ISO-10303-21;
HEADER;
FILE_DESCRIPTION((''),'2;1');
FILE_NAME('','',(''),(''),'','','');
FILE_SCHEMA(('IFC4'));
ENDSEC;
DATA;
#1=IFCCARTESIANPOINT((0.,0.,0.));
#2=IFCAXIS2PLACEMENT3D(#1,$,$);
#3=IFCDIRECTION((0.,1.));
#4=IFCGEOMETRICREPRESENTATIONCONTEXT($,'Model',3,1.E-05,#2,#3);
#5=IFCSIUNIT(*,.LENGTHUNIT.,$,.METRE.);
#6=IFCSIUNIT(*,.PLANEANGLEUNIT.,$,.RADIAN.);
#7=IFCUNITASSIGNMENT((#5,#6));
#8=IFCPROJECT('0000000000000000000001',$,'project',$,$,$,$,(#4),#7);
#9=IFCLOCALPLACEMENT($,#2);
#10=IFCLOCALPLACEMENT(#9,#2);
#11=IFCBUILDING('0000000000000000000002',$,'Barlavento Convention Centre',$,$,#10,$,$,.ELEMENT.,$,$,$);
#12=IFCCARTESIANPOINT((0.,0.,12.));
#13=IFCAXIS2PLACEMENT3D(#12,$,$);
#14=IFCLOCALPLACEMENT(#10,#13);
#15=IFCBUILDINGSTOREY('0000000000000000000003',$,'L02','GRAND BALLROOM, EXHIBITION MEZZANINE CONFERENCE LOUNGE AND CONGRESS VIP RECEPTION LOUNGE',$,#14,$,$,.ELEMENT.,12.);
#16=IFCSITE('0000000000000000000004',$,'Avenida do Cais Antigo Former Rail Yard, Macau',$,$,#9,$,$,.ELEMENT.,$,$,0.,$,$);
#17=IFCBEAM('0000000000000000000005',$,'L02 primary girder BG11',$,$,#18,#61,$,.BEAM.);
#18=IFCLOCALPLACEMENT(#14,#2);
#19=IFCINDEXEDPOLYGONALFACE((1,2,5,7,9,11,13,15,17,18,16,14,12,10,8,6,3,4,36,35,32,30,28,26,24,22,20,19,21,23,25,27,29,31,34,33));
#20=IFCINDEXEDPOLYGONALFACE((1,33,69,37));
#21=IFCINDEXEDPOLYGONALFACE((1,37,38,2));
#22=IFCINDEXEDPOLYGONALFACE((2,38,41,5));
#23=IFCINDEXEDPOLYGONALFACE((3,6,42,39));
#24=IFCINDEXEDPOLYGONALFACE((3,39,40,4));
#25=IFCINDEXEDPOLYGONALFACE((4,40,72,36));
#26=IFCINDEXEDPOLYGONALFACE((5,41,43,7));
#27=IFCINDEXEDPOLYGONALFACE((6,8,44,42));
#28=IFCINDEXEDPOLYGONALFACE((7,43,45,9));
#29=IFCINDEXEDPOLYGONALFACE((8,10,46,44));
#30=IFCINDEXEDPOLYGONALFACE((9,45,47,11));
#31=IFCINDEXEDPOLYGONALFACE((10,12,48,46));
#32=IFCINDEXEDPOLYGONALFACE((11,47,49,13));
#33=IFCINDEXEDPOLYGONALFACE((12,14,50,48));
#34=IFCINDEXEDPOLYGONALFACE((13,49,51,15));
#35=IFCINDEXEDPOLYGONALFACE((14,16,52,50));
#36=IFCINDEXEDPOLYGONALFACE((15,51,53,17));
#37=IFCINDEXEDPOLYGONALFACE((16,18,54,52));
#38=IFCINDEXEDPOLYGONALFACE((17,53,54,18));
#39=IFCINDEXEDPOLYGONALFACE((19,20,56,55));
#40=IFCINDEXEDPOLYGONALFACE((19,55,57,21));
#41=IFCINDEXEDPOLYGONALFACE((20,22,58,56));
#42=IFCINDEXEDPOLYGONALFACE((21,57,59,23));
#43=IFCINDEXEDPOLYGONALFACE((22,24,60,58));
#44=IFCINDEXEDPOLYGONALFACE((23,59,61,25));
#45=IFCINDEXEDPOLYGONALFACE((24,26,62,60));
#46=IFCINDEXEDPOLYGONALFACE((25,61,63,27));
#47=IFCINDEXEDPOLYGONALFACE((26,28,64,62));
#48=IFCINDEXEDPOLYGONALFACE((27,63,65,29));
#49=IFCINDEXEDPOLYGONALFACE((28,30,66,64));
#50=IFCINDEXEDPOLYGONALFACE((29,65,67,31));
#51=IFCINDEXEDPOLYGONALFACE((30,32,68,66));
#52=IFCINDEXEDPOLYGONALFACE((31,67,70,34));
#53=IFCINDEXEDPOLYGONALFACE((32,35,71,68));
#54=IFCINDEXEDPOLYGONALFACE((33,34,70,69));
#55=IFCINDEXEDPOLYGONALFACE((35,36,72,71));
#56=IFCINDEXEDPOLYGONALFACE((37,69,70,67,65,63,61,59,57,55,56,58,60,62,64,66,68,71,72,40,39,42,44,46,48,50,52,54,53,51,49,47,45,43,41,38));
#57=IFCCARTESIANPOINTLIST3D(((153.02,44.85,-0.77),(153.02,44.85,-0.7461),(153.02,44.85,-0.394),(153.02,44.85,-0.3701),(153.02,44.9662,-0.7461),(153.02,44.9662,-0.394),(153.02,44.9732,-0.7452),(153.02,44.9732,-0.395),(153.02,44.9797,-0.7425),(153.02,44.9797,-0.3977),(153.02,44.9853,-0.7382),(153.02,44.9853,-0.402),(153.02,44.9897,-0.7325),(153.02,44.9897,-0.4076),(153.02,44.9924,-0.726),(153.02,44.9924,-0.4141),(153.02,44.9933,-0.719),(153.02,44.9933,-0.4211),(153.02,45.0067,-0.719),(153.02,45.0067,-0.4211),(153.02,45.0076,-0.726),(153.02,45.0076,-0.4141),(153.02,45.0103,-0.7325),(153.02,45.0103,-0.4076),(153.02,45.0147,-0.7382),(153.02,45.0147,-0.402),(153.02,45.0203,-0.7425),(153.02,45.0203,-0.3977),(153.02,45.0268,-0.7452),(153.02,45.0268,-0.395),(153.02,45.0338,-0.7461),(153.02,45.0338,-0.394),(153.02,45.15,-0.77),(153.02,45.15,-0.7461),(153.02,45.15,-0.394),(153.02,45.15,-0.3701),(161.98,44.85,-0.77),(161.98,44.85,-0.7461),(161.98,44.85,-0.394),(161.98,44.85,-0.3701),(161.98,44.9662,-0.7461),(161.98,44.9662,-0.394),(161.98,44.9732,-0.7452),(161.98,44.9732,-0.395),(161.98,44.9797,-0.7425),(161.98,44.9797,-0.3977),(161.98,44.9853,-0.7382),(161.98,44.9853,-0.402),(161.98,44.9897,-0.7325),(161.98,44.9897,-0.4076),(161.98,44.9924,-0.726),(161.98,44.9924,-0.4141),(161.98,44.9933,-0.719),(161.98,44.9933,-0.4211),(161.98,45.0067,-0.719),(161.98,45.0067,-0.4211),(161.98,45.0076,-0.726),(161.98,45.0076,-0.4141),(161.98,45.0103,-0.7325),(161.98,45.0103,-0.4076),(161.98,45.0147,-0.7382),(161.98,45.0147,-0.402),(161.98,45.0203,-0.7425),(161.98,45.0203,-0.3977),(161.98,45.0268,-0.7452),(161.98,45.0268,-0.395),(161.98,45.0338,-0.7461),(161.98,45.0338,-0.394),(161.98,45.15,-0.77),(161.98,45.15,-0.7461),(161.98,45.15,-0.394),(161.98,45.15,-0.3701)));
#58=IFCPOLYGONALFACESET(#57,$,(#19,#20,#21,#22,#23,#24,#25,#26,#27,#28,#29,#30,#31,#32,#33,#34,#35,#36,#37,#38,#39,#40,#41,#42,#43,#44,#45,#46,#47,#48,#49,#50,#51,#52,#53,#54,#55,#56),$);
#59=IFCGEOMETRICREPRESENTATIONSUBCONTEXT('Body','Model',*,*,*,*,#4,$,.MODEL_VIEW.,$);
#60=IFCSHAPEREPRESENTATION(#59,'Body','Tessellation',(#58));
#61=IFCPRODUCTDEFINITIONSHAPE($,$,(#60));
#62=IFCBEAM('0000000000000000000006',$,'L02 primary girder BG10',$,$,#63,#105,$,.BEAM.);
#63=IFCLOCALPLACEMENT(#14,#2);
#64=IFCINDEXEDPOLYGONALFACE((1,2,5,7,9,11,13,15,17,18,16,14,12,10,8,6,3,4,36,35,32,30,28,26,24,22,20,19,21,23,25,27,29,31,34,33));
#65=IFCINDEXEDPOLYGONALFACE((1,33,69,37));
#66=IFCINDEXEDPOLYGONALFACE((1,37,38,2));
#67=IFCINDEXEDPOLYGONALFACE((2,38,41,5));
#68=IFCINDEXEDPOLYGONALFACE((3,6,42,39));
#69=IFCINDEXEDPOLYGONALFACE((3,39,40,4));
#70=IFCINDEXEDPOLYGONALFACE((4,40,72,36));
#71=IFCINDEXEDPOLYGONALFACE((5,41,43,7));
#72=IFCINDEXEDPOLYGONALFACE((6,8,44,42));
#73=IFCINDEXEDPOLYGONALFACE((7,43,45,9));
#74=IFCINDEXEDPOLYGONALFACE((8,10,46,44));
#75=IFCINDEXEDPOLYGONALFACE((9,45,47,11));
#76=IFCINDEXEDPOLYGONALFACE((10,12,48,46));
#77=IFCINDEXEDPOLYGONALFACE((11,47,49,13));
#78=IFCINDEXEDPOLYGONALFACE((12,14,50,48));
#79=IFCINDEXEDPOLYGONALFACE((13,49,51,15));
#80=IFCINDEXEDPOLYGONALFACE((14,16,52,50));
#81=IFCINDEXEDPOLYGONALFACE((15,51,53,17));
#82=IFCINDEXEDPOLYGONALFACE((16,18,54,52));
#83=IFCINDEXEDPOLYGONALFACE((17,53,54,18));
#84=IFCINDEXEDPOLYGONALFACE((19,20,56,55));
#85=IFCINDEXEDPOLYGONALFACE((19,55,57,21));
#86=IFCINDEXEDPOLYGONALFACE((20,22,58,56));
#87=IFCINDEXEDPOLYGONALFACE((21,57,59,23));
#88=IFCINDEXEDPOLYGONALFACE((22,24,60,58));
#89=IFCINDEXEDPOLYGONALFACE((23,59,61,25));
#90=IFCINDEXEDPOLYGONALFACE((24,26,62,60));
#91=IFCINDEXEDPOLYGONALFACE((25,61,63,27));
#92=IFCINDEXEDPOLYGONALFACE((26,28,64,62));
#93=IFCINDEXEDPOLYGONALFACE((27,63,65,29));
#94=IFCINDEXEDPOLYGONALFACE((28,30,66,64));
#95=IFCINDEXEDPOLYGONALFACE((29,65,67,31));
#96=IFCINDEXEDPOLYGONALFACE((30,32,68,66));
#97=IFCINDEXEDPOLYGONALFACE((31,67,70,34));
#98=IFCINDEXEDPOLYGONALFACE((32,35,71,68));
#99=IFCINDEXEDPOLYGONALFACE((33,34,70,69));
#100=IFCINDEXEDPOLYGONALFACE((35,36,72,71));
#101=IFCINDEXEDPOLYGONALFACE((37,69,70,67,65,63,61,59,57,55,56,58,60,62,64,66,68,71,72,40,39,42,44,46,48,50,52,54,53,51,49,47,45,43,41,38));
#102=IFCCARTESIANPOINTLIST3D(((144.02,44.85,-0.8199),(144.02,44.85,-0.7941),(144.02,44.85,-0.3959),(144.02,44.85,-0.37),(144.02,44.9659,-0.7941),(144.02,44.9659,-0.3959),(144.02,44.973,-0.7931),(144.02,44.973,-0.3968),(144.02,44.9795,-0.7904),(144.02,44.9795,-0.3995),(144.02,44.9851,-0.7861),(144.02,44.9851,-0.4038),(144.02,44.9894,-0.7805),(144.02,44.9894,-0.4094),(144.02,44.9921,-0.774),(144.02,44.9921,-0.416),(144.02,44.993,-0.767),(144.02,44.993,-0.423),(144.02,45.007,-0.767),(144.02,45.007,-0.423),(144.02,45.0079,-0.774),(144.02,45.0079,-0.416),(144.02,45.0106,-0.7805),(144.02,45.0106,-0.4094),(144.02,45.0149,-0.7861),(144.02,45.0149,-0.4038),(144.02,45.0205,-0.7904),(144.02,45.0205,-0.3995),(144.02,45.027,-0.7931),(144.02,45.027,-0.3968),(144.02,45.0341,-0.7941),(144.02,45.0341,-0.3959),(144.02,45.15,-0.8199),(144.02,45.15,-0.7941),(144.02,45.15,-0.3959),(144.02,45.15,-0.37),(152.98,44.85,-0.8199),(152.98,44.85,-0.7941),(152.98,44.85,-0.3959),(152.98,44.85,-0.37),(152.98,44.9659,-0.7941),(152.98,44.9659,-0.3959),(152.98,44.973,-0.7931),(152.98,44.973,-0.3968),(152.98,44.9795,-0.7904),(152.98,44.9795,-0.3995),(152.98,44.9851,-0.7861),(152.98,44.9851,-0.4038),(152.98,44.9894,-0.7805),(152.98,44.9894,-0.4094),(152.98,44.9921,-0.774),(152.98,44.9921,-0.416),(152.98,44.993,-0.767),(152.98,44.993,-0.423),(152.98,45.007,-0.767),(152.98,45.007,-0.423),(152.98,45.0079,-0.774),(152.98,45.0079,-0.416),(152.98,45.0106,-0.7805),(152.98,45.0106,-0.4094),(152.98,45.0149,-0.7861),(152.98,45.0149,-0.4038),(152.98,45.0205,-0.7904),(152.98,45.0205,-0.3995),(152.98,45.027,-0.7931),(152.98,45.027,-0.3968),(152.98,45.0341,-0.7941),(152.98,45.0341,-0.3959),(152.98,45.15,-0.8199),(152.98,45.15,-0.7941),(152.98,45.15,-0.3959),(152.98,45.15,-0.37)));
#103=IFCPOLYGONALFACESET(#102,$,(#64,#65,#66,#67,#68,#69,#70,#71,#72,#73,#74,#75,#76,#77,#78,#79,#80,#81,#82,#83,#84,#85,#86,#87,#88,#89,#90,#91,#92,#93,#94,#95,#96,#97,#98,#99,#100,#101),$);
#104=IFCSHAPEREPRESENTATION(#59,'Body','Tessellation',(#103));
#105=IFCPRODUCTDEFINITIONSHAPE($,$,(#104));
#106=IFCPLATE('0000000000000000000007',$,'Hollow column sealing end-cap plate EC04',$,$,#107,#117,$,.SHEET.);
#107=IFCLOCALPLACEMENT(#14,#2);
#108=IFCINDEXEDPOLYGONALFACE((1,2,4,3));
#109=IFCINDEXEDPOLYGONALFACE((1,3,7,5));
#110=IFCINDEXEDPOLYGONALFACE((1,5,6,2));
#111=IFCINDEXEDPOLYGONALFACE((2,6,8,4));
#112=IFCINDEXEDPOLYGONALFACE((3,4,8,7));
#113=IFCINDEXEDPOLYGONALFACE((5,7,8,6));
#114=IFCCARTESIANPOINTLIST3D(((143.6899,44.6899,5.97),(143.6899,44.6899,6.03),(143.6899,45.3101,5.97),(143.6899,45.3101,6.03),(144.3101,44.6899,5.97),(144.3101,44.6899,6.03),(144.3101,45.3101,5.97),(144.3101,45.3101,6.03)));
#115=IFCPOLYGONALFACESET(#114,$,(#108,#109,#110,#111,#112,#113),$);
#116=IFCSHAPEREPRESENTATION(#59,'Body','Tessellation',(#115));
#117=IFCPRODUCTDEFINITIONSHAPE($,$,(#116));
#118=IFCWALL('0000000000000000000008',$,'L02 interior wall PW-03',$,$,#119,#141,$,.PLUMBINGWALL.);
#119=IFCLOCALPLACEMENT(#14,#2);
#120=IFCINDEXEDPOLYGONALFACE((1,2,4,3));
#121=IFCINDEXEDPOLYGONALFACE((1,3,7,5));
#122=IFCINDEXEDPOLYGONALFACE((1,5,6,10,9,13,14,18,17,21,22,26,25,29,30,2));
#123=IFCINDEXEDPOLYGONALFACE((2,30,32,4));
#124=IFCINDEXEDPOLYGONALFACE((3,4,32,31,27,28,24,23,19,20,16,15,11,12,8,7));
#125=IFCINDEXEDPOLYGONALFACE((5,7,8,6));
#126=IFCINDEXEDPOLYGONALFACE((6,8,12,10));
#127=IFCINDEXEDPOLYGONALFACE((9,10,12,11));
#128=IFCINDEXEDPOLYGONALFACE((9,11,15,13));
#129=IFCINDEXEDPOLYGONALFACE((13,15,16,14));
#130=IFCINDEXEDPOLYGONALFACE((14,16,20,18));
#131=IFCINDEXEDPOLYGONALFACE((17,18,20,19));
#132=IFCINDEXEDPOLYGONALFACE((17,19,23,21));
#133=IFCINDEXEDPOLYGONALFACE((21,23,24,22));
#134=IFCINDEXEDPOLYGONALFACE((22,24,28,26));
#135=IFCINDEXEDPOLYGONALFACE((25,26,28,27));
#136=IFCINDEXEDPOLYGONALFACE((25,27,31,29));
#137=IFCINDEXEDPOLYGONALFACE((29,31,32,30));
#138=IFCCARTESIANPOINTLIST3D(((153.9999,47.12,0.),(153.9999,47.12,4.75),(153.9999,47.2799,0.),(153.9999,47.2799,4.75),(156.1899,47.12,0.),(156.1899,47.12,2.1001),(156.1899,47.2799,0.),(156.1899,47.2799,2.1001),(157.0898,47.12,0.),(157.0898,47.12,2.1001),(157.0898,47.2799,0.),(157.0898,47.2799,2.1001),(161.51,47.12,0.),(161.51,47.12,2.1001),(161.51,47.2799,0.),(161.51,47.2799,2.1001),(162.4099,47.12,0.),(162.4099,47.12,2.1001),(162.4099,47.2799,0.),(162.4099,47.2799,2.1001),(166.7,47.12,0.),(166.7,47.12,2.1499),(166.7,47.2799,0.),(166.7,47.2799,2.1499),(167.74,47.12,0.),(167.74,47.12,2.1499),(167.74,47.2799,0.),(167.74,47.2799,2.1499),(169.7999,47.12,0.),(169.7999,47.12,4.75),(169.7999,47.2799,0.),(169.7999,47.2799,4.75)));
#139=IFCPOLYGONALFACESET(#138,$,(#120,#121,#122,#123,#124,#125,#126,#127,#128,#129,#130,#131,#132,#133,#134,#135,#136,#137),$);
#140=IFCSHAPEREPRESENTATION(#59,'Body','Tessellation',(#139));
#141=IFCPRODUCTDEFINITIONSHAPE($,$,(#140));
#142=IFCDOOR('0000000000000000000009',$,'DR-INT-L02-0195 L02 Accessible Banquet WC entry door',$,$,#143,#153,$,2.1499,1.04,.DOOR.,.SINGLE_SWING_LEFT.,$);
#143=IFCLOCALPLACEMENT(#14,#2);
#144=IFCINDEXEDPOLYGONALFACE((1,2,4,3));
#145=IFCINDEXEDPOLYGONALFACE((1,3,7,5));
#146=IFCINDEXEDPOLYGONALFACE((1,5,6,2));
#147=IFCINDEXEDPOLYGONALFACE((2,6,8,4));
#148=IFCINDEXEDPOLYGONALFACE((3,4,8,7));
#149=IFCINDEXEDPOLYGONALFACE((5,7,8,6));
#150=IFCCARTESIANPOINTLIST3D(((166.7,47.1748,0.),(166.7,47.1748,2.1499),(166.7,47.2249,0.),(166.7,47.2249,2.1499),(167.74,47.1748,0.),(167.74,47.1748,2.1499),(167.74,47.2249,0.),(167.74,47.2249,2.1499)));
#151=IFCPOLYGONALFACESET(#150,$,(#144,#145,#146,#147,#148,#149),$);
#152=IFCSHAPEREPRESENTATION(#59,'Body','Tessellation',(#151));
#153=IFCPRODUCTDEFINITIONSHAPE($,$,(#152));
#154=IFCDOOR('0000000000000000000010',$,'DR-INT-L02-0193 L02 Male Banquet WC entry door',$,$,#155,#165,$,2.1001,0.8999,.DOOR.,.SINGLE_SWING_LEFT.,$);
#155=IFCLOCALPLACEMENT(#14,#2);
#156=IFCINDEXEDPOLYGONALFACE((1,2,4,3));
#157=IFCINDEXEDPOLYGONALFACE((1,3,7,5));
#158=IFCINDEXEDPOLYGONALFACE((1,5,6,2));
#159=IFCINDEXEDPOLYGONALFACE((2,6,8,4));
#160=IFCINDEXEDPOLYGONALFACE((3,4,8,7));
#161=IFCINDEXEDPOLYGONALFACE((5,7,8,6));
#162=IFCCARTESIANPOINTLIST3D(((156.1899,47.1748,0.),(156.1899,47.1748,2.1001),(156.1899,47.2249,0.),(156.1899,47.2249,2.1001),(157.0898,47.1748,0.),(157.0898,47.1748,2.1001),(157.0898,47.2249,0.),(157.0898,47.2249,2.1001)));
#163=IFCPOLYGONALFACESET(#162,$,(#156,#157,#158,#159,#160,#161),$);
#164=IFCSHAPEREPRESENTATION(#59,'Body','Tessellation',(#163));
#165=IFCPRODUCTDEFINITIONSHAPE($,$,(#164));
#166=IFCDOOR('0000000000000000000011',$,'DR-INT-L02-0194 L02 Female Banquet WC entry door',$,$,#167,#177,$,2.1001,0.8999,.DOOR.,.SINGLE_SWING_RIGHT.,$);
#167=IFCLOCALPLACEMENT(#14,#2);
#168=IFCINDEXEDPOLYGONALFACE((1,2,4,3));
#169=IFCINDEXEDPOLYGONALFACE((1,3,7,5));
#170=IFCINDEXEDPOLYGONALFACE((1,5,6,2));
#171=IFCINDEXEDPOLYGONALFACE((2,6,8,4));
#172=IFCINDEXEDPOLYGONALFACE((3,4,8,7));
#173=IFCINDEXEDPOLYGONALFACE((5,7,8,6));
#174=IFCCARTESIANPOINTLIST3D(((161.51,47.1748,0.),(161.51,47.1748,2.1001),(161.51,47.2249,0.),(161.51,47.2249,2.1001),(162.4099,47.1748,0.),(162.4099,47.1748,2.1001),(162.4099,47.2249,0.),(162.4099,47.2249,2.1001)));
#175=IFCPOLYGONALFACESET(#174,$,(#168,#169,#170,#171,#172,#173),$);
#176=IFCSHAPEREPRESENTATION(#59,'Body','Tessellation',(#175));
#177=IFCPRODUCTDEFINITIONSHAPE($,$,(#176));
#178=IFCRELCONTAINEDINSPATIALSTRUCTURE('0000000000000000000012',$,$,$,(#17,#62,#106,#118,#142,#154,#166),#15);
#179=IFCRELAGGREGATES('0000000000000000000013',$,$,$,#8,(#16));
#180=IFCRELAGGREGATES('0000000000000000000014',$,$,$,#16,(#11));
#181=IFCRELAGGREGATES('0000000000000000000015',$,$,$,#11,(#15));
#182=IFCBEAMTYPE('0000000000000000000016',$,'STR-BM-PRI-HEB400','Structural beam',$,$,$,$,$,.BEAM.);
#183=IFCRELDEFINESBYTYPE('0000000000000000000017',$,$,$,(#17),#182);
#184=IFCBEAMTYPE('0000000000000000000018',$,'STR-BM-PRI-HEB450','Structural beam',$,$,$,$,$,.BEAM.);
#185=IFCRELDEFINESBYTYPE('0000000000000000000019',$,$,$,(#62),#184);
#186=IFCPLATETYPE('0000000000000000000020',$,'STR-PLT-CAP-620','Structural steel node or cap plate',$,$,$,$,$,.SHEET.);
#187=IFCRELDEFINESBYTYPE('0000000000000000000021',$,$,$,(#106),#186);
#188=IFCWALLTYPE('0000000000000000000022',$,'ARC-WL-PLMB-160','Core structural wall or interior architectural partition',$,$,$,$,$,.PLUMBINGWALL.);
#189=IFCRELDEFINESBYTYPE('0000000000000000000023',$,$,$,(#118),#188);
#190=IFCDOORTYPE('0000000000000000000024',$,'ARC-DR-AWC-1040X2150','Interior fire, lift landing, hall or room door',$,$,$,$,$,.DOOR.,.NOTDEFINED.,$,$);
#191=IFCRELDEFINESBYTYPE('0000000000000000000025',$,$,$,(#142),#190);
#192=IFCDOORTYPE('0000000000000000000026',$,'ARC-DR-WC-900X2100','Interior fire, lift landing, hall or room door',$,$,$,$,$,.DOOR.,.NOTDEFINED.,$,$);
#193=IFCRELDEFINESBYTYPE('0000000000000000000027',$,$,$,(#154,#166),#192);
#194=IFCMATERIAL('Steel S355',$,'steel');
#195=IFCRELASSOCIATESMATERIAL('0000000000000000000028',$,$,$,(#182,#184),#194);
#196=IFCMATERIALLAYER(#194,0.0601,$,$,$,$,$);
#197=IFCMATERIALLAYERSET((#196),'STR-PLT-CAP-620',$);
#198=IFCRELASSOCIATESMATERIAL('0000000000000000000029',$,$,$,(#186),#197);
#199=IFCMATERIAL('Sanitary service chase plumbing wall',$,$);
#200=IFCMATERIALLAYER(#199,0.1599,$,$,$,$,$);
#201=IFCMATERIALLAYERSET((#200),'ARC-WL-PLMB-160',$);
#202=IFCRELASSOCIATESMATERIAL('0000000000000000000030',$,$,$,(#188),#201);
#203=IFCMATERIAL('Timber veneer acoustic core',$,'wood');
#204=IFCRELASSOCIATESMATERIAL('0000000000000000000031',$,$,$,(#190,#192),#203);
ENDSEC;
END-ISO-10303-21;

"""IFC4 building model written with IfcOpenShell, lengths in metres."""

from ifc_helpers import new_model, si_unit, direction, frame, frame_2d, origin, origin_2d, place, context, subcontext, project, spatial, rectangle, i_section, extrude, material, layer, layer_set, material_profile, profile_set, type_object, element, fill, save


model = new_model("IFC4")

# Units and contexts
model_context = context("Model", 3, precision=1e-05, world=origin(), true_north=direction((0.0, 1.0)))
body_context = subcontext(model_context, "Body", "Model", "MODEL_VIEW")
ifc_project = project(units=[si_unit("LENGTHUNIT", "METRE"), si_unit("PLANEANGLEUNIT", "RADIAN")], contexts=[model_context])

# Site, building, storey
site_placement = place(None, origin())
site = spatial("IfcSite", under=ifc_project, at=site_placement, Name="Avenida do Cais Antigo Former Rail Yard, Macau", CompositionType="ELEMENT", RefElevation=0.0)
building_placement = place(site_placement, origin())
building = spatial("IfcBuilding", under=site, at=building_placement, Name="Barlavento Convention Centre", CompositionType="ELEMENT")
storey_placement = place(building_placement, frame((0.0, 0.0, 12.0)))
storey = spatial("IfcBuildingStorey", under=building, at=storey_placement, Name="L02", Description="GRAND BALLROOM, EXHIBITION MEZZANINE CONFERENCE LOUNGE AND CONGRESS VIP RECEPTION LOUNGE", CompositionType="ELEMENT", Elevation=12.0)

# Shared definitions
ifc_material_1 = material(Name="Steel S355", Category="steel")

# Beams
ifc_material_profile_1 = material_profile(ifc_material_1, i_section(OverallWidth=0.3, OverallDepth=0.3999, WebThickness=0.0134, FlangeThickness=0.0239, FilletRadius=0.0271, at=origin_2d()), Name="HEB 400")
ifc_profile_set_1 = profile_set([ifc_material_profile_1], Name="Steel S355")
beam_type_1 = type_object("IfcBeamType", Name="STR-BM-PRI-HEB400", Description="Structural beam", PredefinedType="BEAM", material=ifc_profile_set_1)
beam_1_placement = place(storey_placement, frame((153.02, 45.0, -0.5701), z_axis=(1.0, 0.0, 0.0), x_axis=(0.0, 1.0, 0.0)))
element("IfcBeam", 1, at=beam_1_placement, inside=storey, type_object=beam_type_1, Name="L02 primary girder BG11", PredefinedType="BEAM", context=body_context, shape_type="SweptSolid", body=[
    extrude(i_section(OverallWidth=0.3, OverallDepth=0.3999, WebThickness=0.0134, FlangeThickness=0.0239, FilletRadius=0.0271, at=origin_2d()), origin(), (0.0, 0.0, 1.0), 8.96),
])
ifc_material_profile_2 = material_profile(ifc_material_1, i_section(OverallWidth=0.3, OverallDepth=0.45, WebThickness=0.0139, FlangeThickness=0.0259, FilletRadius=0.0271, at=origin_2d()), Name="HEB 450")
ifc_profile_set_2 = profile_set([ifc_material_profile_2], Name="Steel S355")
beam_type_2 = type_object("IfcBeamType", Name="STR-BM-PRI-HEB450", Description="Structural beam", PredefinedType="BEAM", material=ifc_profile_set_2)
beam_2_placement = place(storey_placement, frame((144.02, 45.0, -0.595), z_axis=(1.0, 0.0, 0.0), x_axis=(0.0, 1.0, 0.0)))
element("IfcBeam", 2, at=beam_2_placement, inside=storey, type_object=beam_type_2, Name="L02 primary girder BG10", PredefinedType="BEAM", context=body_context, shape_type="SweptSolid", body=[
    extrude(i_section(OverallWidth=0.3, OverallDepth=0.45, WebThickness=0.0139, FlangeThickness=0.0259, FilletRadius=0.0271, at=origin_2d()), origin(), (0.0, 0.0, 1.0), 8.96),
])

# Plate
ifc_layer_1 = layer(ifc_material_1, 0.0601)
ifc_layer_set_1 = layer_set([ifc_layer_1], Name="STR-PLT-CAP-620")
plate_type = type_object("IfcPlateType", Name="STR-PLT-CAP-620", Description="Structural steel node or cap plate", PredefinedType="SHEET", material=ifc_layer_set_1)
plate_placement = place(storey_placement, frame((144.0, 45.0, 5.97), z_axis=(0.0, 0.0, 1.0), x_axis=(1.0, 0.0, 0.0)))
element("IfcPlate", 3, at=plate_placement, inside=storey, type_object=plate_type, Name="Hollow column sealing end-cap plate EC04", PredefinedType="SHEET", context=body_context, shape_type="SweptSolid", body=[
    extrude(rectangle(XDim=0.6201, YDim=0.6201, at=origin_2d()), origin(), (0.0, 0.0, 1.0), 0.0601),
])

# Wall, openings, doors
ifc_material_2 = material(Name="Sanitary service chase plumbing wall")
ifc_layer_2 = layer(ifc_material_2, 0.1599)
ifc_layer_set_2 = layer_set([ifc_layer_2], Name="ARC-WL-PLMB-160")
wall_type = type_object("IfcWallType", Name="ARC-WL-PLMB-160", Description="Core structural wall or interior architectural partition", PredefinedType="PLUMBINGWALL", material=ifc_layer_set_2)
wall_1_placement = place(storey_placement, frame((154.0, 47.2, 0.0), z_axis=(0.0, 0.0, 1.0), x_axis=(1.0, 0.0, 0.0)))
wall_1 = element("IfcWall", 4, at=wall_1_placement, inside=storey, type_object=wall_type, Name="L02 interior wall PW-03", PredefinedType="PLUMBINGWALL", context=body_context, shape_type="SweptSolid", body=[
    extrude(rectangle(XDim=15.8, YDim=0.1599, at=frame_2d((7.8999, 0.0))), origin(), (0.0, 0.0, 1.0), 4.75),
])
opening_1_placement = place(wall_1_placement, frame((2.1899, 0.0, 0.0)))
opening_1 = element("IfcOpeningElement", 5, at=opening_1_placement, cuts=wall_1, PredefinedType="OPENING", context=body_context, shape_type="SweptSolid", body=[
    extrude(rectangle(XDim=0.8999, YDim=2.1001, at=frame_2d((0.45, 1.05))), frame((0.0, 0.0898, 0.0), z_axis=(0.0, -1.0, 0.0), x_axis=(1.0, 0.0, 0.0)), (0.0, 0.0, 1.0), 0.1799),
])
opening_2_placement = place(wall_1_placement, frame((7.51, 0.0, 0.0)))
opening_2 = element("IfcOpeningElement", 6, at=opening_2_placement, cuts=wall_1, PredefinedType="OPENING", context=body_context, shape_type="SweptSolid", body=[
    extrude(rectangle(XDim=0.8999, YDim=2.1001, at=frame_2d((0.45, 1.05))), frame((0.0, 0.0898, 0.0), z_axis=(0.0, -1.0, 0.0), x_axis=(1.0, 0.0, 0.0)), (0.0, 0.0, 1.0), 0.1799),
])
opening_3_placement = place(wall_1_placement, frame((12.7, 0.0, 0.0)))
opening_3 = element("IfcOpeningElement", 7, at=opening_3_placement, cuts=wall_1, PredefinedType="OPENING", context=body_context, shape_type="SweptSolid", body=[
    extrude(rectangle(XDim=1.04, YDim=2.1499, at=frame_2d((0.52, 1.075))), frame((0.0, 0.0898, 0.0), z_axis=(0.0, -1.0, 0.0), x_axis=(1.0, 0.0, 0.0)), (0.0, 0.0, 1.0), 0.1799),
])
ifc_material_3 = material(Name="Timber veneer acoustic core", Category="wood")
door_type_1 = type_object("IfcDoorType", Name="ARC-DR-AWC-1040X2150", Description="Interior fire, lift landing, hall or room door", OperationType="NOTDEFINED", PredefinedType="DOOR", material=ifc_material_3)
door_1_placement = place(opening_3_placement, origin())
door_1 = element("IfcDoor", 8, at=door_1_placement, inside=storey, type_object=door_type_1, Name="DR-INT-L02-0195 L02 Accessible Banquet WC entry door", OperationType="SINGLE_SWING_LEFT", OverallHeight=2.1499, OverallWidth=1.04, PredefinedType="DOOR", context=body_context, shape_type="SweptSolid", body=[
    extrude(rectangle(XDim=1.04, YDim=2.1499, at=frame_2d((0.52, 1.075))), frame((0.0, 0.0249, 0.0), z_axis=(0.0, -1.0, 0.0), x_axis=(1.0, 0.0, 0.0)), (0.0, 0.0, 1.0), 0.05),
])
fill(opening_3, door_1)
door_type_2 = type_object("IfcDoorType", Name="ARC-DR-WC-900X2100", Description="Interior fire, lift landing, hall or room door", OperationType="NOTDEFINED", PredefinedType="DOOR", material=ifc_material_3)
door_2_placement = place(opening_1_placement, origin())
door_2 = element("IfcDoor", 9, at=door_2_placement, inside=storey, type_object=door_type_2, Name="DR-INT-L02-0193 L02 Male Banquet WC entry door", OperationType="SINGLE_SWING_LEFT", OverallHeight=2.1001, OverallWidth=0.8999, PredefinedType="DOOR", context=body_context, shape_type="SweptSolid", body=[
    extrude(rectangle(XDim=0.8999, YDim=2.1001, at=frame_2d((0.45, 1.05))), frame((0.0, 0.0249, 0.0), z_axis=(0.0, -1.0, 0.0), x_axis=(1.0, 0.0, 0.0)), (0.0, 0.0, 1.0), 0.05),
])
fill(opening_1, door_2)
door_3_placement = place(opening_2_placement, origin())
door_3 = element("IfcDoor", 10, at=door_3_placement, inside=storey, type_object=door_type_2, Name="DR-INT-L02-0194 L02 Female Banquet WC entry door", OperationType="SINGLE_SWING_RIGHT", OverallHeight=2.1001, OverallWidth=0.8999, PredefinedType="DOOR", context=body_context, shape_type="SweptSolid", body=[
    extrude(rectangle(XDim=0.8999, YDim=2.1001, at=frame_2d((0.45, 1.05))), frame((0.0, 0.0249, 0.0), z_axis=(0.0, -1.0, 0.0), x_axis=(1.0, 0.0, 0.0)), (0.0, 0.0, 1.0), 0.05),
])
fill(opening_2, door_3)

save(model, "model.ifc")
